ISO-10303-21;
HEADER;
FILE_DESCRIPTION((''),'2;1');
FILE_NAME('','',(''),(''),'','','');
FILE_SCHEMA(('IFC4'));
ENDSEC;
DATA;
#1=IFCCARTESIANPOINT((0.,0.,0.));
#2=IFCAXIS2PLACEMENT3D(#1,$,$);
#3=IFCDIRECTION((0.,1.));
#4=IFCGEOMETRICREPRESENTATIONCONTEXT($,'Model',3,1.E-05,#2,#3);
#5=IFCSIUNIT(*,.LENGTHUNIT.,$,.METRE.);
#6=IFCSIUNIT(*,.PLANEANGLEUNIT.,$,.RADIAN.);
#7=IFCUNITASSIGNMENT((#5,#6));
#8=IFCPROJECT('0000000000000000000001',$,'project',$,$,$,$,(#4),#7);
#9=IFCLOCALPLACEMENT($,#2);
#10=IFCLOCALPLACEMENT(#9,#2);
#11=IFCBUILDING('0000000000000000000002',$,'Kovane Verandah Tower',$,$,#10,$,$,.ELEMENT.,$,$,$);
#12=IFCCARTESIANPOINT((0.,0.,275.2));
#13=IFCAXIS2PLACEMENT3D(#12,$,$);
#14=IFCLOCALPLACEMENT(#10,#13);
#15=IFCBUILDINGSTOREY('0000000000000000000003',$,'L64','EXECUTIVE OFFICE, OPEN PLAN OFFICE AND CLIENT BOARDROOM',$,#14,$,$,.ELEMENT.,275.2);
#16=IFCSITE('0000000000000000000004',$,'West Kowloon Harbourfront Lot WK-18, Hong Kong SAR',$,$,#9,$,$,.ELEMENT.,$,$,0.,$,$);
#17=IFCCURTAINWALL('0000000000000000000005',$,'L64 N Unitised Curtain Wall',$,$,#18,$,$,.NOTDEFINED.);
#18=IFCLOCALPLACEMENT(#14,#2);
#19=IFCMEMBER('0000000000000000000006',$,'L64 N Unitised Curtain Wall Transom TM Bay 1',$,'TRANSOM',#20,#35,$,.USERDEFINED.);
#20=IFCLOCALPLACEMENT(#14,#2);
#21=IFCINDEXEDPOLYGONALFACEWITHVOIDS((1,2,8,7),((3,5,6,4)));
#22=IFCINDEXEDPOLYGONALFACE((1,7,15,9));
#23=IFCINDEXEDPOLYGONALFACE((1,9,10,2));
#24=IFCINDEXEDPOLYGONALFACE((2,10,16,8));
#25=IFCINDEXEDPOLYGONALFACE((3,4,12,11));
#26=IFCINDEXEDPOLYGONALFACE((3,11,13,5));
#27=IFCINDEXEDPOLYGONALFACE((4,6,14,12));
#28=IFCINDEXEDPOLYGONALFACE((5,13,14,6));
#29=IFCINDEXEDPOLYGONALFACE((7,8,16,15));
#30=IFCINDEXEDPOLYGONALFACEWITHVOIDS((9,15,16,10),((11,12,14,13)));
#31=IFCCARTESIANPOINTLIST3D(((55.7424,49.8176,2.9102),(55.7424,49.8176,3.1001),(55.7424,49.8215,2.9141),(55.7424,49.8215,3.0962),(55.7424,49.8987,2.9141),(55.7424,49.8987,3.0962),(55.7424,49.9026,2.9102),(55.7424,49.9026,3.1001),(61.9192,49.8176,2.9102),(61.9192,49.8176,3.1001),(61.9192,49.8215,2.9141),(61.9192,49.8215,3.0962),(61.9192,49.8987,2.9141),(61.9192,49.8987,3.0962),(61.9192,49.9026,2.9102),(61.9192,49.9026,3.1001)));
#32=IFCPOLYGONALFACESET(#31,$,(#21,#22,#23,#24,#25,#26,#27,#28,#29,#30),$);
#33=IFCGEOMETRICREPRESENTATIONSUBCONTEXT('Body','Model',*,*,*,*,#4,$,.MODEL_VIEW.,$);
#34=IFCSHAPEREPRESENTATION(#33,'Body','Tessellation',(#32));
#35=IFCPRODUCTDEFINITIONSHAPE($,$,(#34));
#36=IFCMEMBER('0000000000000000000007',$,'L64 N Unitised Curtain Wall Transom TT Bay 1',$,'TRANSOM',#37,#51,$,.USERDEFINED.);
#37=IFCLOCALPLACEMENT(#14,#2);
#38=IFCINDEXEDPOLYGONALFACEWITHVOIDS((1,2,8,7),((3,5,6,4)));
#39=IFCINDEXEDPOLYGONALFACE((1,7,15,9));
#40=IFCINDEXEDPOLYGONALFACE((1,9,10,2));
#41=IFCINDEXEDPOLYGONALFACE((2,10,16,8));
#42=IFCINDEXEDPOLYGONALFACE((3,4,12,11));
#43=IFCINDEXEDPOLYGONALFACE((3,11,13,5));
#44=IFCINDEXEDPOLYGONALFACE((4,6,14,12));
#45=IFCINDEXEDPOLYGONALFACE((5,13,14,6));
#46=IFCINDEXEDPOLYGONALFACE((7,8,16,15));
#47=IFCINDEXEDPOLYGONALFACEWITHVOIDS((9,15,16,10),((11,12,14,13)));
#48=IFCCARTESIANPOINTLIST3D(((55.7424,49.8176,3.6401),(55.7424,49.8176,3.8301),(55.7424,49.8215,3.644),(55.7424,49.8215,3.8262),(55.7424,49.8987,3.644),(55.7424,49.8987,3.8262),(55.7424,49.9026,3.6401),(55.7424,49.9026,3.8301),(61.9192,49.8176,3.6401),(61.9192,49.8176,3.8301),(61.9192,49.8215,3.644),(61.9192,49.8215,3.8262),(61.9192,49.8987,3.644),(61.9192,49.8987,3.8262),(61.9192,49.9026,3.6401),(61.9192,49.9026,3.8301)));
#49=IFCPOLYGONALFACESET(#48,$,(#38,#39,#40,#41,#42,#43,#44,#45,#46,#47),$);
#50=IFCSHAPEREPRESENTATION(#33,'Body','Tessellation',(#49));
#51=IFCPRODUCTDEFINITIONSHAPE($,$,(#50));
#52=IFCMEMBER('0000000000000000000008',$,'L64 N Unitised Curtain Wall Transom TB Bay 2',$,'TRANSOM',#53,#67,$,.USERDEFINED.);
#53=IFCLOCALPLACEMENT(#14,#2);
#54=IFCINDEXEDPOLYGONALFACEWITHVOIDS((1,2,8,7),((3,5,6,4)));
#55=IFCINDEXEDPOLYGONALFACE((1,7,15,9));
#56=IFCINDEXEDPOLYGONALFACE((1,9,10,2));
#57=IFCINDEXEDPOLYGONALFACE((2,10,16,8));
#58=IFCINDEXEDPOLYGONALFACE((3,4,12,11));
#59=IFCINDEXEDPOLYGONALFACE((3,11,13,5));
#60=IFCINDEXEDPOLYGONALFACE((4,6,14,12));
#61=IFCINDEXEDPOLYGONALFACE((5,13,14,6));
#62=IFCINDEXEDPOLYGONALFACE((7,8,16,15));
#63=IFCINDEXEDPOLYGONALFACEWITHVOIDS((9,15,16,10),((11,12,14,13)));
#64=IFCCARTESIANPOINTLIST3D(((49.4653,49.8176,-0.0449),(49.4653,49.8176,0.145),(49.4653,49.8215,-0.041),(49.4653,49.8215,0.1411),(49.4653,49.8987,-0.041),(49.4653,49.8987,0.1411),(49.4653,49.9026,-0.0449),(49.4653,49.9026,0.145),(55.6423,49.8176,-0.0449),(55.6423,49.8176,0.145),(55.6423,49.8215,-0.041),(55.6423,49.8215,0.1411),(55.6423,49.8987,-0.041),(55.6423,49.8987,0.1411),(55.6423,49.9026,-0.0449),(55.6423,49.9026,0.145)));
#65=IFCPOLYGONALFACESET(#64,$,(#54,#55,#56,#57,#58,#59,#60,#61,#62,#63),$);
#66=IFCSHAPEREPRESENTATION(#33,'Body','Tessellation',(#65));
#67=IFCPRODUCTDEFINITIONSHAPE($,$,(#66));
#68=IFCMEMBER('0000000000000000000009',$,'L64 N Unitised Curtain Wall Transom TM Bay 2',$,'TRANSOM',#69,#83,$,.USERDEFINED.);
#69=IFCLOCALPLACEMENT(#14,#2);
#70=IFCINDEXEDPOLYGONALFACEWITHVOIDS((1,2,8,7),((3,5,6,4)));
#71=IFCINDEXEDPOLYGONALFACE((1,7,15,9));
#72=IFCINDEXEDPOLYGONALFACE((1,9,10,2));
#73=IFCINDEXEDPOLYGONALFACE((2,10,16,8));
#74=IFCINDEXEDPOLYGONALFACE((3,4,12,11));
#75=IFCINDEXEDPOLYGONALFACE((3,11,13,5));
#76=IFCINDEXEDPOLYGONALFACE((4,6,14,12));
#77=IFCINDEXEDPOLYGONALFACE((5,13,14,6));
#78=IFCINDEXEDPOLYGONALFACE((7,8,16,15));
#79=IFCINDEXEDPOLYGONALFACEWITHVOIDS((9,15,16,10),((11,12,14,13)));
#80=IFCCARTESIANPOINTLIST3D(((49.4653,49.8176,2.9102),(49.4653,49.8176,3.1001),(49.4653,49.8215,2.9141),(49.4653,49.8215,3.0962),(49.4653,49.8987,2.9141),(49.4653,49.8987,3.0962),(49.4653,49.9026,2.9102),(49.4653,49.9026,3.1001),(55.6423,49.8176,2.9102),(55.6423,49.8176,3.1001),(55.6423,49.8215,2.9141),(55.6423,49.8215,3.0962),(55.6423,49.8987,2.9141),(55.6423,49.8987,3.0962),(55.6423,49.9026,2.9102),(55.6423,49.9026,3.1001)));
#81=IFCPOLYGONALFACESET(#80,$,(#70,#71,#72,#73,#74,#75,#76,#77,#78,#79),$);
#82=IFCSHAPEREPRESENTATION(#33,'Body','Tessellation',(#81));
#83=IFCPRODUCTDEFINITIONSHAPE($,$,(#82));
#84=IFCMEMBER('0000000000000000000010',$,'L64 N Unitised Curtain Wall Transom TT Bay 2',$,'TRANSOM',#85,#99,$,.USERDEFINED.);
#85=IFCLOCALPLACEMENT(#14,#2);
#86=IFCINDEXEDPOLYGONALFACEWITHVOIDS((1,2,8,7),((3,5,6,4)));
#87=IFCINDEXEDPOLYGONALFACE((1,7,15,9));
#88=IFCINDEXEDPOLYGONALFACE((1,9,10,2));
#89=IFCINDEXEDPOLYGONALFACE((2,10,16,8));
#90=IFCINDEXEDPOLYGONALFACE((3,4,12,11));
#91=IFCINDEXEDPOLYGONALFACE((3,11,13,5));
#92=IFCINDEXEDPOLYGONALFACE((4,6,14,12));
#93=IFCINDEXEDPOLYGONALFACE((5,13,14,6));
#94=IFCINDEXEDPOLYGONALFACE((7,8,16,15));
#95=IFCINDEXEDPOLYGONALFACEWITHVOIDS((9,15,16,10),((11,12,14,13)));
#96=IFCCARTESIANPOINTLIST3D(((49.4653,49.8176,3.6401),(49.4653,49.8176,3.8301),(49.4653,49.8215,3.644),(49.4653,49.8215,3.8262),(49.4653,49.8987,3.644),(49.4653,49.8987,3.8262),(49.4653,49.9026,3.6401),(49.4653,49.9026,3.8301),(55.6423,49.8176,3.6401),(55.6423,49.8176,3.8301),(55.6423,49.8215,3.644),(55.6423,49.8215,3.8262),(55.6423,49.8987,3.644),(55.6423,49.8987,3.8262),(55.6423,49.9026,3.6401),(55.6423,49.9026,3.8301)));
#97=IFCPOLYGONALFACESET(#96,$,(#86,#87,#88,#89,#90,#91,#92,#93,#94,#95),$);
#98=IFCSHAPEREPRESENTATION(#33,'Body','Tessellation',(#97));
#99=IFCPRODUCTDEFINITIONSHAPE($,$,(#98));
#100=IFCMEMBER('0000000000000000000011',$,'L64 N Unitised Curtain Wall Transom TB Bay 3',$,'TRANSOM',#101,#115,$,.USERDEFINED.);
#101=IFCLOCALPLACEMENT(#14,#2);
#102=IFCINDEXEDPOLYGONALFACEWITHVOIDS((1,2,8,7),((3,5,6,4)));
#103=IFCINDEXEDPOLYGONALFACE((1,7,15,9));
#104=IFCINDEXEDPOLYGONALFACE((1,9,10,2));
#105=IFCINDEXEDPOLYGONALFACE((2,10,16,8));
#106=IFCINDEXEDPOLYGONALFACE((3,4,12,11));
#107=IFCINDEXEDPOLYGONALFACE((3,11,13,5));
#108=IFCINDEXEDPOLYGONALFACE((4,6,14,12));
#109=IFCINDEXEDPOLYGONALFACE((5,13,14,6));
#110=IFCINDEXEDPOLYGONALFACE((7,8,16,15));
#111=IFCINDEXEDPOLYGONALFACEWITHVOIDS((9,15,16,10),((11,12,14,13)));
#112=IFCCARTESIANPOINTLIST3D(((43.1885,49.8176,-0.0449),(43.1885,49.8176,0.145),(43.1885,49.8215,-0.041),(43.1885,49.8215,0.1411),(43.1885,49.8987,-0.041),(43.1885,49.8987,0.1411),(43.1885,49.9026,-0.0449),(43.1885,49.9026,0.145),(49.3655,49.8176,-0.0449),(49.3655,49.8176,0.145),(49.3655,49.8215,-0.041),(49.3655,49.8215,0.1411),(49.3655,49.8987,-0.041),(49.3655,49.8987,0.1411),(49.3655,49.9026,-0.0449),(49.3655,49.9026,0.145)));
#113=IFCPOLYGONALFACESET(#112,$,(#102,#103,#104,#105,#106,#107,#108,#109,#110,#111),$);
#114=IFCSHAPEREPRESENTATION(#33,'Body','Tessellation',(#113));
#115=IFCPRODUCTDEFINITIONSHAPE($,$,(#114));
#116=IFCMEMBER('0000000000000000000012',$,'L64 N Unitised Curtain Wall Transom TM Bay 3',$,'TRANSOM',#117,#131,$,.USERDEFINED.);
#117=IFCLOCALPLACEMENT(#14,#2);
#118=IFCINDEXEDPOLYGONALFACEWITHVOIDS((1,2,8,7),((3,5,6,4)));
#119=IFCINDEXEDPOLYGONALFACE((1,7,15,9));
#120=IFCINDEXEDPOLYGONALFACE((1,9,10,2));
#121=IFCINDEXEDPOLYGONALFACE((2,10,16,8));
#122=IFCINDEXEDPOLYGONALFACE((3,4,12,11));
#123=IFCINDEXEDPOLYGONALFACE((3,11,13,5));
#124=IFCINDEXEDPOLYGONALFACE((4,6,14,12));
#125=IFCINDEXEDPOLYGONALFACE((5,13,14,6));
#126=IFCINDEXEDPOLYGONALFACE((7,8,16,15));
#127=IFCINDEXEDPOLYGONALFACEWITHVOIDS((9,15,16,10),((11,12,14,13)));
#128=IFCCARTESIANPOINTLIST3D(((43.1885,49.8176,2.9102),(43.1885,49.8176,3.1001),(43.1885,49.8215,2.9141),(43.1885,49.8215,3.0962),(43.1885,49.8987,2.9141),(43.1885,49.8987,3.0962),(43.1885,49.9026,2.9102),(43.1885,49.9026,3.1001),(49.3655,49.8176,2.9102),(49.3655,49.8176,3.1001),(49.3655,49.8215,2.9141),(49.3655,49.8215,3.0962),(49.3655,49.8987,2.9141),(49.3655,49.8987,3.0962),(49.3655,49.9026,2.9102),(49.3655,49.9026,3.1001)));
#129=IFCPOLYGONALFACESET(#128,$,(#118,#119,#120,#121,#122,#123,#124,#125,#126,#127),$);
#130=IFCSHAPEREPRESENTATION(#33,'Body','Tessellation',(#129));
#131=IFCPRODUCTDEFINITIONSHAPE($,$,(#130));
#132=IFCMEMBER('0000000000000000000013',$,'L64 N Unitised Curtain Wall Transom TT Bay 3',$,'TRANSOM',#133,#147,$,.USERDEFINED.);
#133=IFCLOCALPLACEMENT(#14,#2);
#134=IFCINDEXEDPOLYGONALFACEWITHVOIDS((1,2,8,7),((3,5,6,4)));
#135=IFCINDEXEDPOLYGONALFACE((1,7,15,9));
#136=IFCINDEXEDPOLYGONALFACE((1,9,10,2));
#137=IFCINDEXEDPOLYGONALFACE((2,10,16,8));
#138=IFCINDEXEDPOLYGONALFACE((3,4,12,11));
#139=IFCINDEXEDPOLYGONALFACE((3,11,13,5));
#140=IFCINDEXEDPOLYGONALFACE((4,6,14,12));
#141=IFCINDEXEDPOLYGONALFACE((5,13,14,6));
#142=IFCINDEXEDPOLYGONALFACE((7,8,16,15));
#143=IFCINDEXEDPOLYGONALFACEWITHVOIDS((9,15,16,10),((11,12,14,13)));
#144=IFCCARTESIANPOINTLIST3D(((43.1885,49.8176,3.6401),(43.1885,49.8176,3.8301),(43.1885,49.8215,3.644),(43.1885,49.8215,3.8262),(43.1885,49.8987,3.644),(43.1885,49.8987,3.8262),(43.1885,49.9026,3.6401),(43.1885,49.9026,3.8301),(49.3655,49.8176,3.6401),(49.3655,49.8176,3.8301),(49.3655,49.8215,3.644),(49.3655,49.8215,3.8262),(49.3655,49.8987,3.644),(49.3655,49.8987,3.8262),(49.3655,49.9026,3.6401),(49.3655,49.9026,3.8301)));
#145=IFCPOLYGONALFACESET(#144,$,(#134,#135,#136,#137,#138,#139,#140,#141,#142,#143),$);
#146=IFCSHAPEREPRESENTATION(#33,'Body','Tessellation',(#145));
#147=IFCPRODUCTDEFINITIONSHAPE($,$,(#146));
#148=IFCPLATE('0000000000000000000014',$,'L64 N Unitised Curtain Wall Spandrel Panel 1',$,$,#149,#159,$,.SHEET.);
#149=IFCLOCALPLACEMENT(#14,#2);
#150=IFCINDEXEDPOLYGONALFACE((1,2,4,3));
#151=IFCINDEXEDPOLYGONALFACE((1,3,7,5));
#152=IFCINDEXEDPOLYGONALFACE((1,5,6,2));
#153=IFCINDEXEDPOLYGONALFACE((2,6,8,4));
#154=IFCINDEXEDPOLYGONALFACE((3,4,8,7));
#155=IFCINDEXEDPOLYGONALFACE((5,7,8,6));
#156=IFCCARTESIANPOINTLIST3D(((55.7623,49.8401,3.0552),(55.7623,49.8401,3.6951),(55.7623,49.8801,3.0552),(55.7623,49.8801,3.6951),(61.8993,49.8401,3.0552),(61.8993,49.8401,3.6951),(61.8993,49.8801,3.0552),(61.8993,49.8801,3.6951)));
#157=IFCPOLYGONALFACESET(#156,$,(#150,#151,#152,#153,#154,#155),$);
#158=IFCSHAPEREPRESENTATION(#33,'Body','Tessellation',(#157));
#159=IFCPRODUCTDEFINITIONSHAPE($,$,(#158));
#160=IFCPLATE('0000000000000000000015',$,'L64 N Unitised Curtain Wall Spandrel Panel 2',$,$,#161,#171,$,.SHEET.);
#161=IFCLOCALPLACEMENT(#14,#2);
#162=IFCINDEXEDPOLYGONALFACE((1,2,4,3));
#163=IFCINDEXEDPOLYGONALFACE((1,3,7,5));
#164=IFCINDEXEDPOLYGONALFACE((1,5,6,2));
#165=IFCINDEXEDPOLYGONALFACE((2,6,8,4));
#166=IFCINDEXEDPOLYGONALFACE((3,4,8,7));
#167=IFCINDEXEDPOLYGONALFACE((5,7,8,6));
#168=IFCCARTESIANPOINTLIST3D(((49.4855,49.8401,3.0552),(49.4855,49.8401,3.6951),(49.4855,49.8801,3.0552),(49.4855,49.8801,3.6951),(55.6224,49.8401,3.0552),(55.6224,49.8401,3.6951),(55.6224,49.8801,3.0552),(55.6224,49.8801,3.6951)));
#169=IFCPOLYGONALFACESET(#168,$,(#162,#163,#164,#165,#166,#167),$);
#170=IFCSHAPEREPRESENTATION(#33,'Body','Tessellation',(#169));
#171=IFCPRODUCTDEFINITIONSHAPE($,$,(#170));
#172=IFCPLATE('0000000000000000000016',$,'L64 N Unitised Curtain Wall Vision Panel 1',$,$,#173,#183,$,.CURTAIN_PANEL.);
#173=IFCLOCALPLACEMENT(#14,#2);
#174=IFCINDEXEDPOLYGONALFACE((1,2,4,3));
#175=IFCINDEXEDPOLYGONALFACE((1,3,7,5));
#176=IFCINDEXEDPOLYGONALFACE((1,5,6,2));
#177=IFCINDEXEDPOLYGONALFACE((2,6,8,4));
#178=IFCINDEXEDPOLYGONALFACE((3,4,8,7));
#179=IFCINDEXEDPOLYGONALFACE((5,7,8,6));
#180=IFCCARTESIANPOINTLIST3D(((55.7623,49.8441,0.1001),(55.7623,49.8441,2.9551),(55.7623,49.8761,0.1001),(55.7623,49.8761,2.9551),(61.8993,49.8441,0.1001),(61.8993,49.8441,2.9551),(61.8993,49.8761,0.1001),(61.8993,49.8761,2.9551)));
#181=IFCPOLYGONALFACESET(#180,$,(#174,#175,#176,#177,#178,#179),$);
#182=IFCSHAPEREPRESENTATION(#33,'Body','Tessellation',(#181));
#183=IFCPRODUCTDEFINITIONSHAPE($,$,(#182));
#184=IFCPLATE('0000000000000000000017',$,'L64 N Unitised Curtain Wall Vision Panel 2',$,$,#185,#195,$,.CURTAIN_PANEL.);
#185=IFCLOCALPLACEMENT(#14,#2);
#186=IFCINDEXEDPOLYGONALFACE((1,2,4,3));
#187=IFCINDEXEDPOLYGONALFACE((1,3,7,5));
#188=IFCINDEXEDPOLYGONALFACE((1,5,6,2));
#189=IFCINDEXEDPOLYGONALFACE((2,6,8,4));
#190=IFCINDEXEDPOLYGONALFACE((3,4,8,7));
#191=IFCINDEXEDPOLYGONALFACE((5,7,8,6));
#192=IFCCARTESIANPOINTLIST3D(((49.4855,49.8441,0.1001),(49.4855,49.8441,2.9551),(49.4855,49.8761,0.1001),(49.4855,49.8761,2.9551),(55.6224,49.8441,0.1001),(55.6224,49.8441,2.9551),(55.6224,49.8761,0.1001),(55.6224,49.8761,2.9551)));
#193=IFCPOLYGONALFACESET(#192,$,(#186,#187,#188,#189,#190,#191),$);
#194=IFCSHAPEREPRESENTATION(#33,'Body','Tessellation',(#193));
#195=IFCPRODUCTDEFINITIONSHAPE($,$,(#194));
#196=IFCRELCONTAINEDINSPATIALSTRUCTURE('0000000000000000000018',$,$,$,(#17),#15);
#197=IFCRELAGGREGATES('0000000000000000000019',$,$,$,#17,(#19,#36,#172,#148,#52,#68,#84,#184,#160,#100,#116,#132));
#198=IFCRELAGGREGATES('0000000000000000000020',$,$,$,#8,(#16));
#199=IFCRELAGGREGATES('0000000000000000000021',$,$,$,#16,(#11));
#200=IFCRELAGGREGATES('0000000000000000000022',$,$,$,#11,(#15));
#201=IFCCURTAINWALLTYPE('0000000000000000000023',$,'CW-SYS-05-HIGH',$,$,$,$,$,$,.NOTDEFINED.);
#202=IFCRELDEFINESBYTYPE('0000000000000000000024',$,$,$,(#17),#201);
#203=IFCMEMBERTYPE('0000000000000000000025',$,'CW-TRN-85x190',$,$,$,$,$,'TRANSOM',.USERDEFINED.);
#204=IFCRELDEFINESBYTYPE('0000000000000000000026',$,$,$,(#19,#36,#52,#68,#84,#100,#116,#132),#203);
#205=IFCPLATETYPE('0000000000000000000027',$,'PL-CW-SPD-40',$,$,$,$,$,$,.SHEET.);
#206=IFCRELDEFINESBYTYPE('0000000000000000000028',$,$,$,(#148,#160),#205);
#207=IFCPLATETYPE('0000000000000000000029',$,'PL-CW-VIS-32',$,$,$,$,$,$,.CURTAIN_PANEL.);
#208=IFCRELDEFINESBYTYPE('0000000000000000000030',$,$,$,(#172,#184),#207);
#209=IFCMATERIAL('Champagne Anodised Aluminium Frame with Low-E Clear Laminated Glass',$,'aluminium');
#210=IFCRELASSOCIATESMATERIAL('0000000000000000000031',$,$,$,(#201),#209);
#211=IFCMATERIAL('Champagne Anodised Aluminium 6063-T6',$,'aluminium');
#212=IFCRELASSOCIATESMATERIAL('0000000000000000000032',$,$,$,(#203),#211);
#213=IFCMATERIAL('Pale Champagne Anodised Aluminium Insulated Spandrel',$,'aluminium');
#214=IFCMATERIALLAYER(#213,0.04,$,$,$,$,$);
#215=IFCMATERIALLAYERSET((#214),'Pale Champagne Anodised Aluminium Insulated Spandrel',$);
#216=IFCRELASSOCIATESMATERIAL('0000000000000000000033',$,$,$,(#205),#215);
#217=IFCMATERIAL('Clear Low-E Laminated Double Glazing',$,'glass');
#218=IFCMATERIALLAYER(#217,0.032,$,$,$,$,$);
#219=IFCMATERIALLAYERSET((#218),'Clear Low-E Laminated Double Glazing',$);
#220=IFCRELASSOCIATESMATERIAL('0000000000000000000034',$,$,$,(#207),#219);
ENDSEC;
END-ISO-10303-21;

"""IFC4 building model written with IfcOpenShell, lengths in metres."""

from ifc_helpers import new_model, si_unit, direction, frame, origin, origin_2d, place, context, subcontext, project, spatial, rectangle, hollow_rectangle, extrude, material, layer, layer_set, material_profile, profile_set, type_object, element, aggregate, save


model = new_model("IFC4")

# Units and contexts
model_context = context("Model", 3, precision=1e-05, world=origin(), true_north=direction((0.0, 1.0)))
body_context = subcontext(model_context, "Body", "Model", "MODEL_VIEW")
ifc_project = project(units=[si_unit("LENGTHUNIT", "METRE"), si_unit("PLANEANGLEUNIT", "RADIAN")], contexts=[model_context])

# Site, building, storey
site_placement = place(None, origin())
site = spatial("IfcSite", under=ifc_project, at=site_placement, Name="West Kowloon Harbourfront Lot WK-18, Hong Kong SAR", CompositionType="ELEMENT", RefElevation=0.0)
building_placement = place(site_placement, origin())
building = spatial("IfcBuilding", under=site, at=building_placement, Name="Kovane Verandah Tower", CompositionType="ELEMENT")
storey_placement = place(building_placement, frame((0.0, 0.0, 275.2)))
storey = spatial("IfcBuildingStorey", under=building, at=storey_placement, Name="L64", Description="EXECUTIVE OFFICE, OPEN PLAN OFFICE AND CLIENT BOARDROOM", CompositionType="ELEMENT", Elevation=275.2)

# Curtain wall, members, plates
ifc_material_1 = material(Name="Champagne Anodised Aluminium Frame with Low-E Clear Laminated Glass", Category="aluminium")
curtain_wall_type = type_object("IfcCurtainWallType", Name="CW-SYS-05-HIGH", PredefinedType="NOTDEFINED", material=ifc_material_1)
curtain_wall_placement = place(storey_placement, origin())
curtain_wall = element("IfcCurtainWall", 1, at=curtain_wall_placement, inside=storey, type_object=curtain_wall_type, Name="L64 N Unitised Curtain Wall", PredefinedType="NOTDEFINED")
ifc_material_2 = material(Name="Champagne Anodised Aluminium 6063-T6", Category="aluminium")
ifc_material_profile_1 = material_profile(ifc_material_2, hollow_rectangle(XDim=0.085, YDim=0.1899, WallThickness=0.0039, at=origin_2d()), Name="AL85x190x4")
ifc_profile_set_1 = profile_set([ifc_material_profile_1], Name="Champagne Anodised Aluminium 6063-T6")
member_type_1 = type_object("IfcMemberType", Name="CW-TRN-85x190", ElementType="TRANSOM", PredefinedType="USERDEFINED", material=ifc_profile_set_1)
member_1_placement = place(storey_placement, frame((61.9192, 49.8601, 3.0051), z_axis=(-1.0, 0.0, 0.0), x_axis=(0.0, -1.0, 0.0)))
member_1 = element("IfcMember", 2, at=member_1_placement, type_object=member_type_1, Name="L64 N Unitised Curtain Wall Transom TM Bay 1", ObjectType="TRANSOM", PredefinedType="USERDEFINED", context=body_context, shape_type="SweptSolid", body=[
    extrude(hollow_rectangle(XDim=0.085, YDim=0.1899, WallThickness=0.0039, at=origin_2d()), origin(), (0.0, 0.0, 1.0), 6.1768),
])
member_2_placement = place(storey_placement, frame((61.9192, 49.8601, 3.7351), z_axis=(-1.0, 0.0, 0.0), x_axis=(0.0, -1.0, 0.0)))
member_2 = element("IfcMember", 3, at=member_2_placement, type_object=member_type_1, Name="L64 N Unitised Curtain Wall Transom TT Bay 1", ObjectType="TRANSOM", PredefinedType="USERDEFINED", context=body_context, shape_type="SweptSolid", body=[
    extrude(hollow_rectangle(XDim=0.085, YDim=0.1899, WallThickness=0.0039, at=origin_2d()), origin(), (0.0, 0.0, 1.0), 6.1768),
])
member_3_placement = place(storey_placement, frame((55.6423, 49.8601, 0.05), z_axis=(-1.0, 0.0, 0.0), x_axis=(0.0, -1.0, 0.0)))
member_3 = element("IfcMember", 4, at=member_3_placement, type_object=member_type_1, Name="L64 N Unitised Curtain Wall Transom TB Bay 2", ObjectType="TRANSOM", PredefinedType="USERDEFINED", context=body_context, shape_type="SweptSolid", body=[
    extrude(hollow_rectangle(XDim=0.085, YDim=0.1899, WallThickness=0.0039, at=origin_2d()), origin(), (0.0, 0.0, 1.0), 6.177),
])
member_4_placement = place(storey_placement, frame((55.6423, 49.8601, 3.0051), z_axis=(-1.0, 0.0, 0.0), x_axis=(0.0, -1.0, 0.0)))
member_4 = element("IfcMember", 5, at=member_4_placement, type_object=member_type_1, Name="L64 N Unitised Curtain Wall Transom TM Bay 2", ObjectType="TRANSOM", PredefinedType="USERDEFINED", context=body_context, shape_type="SweptSolid", body=[
    extrude(hollow_rectangle(XDim=0.085, YDim=0.1899, WallThickness=0.0039, at=origin_2d()), origin(), (0.0, 0.0, 1.0), 6.177),
])
member_5_placement = place(storey_placement, frame((55.6423, 49.8601, 3.7351), z_axis=(-1.0, 0.0, 0.0), x_axis=(0.0, -1.0, 0.0)))
member_5 = element("IfcMember", 6, at=member_5_placement, type_object=member_type_1, Name="L64 N Unitised Curtain Wall Transom TT Bay 2", ObjectType="TRANSOM", PredefinedType="USERDEFINED", context=body_context, shape_type="SweptSolid", body=[
    extrude(hollow_rectangle(XDim=0.085, YDim=0.1899, WallThickness=0.0039, at=origin_2d()), origin(), (0.0, 0.0, 1.0), 6.177),
])
member_6_placement = place(storey_placement, frame((49.3655, 49.8601, 0.05), z_axis=(-1.0, 0.0, 0.0), x_axis=(0.0, -1.0, 0.0)))
member_6 = element("IfcMember", 7, at=member_6_placement, type_object=member_type_1, Name="L64 N Unitised Curtain Wall Transom TB Bay 3", ObjectType="TRANSOM", PredefinedType="USERDEFINED", context=body_context, shape_type="SweptSolid", body=[
    extrude(hollow_rectangle(XDim=0.085, YDim=0.1899, WallThickness=0.0039, at=origin_2d()), origin(), (0.0, 0.0, 1.0), 6.177),
])
member_7_placement = place(storey_placement, frame((49.3655, 49.8601, 3.0051), z_axis=(-1.0, 0.0, 0.0), x_axis=(0.0, -1.0, 0.0)))
member_7 = element("IfcMember", 8, at=member_7_placement, type_object=member_type_1, Name="L64 N Unitised Curtain Wall Transom TM Bay 3", ObjectType="TRANSOM", PredefinedType="USERDEFINED", context=body_context, shape_type="SweptSolid", body=[
    extrude(hollow_rectangle(XDim=0.085, YDim=0.1899, WallThickness=0.0039, at=origin_2d()), origin(), (0.0, 0.0, 1.0), 6.177),
])
member_8_placement = place(storey_placement, frame((49.3655, 49.8601, 3.7351), z_axis=(-1.0, 0.0, 0.0), x_axis=(0.0, -1.0, 0.0)))
member_8 = element("IfcMember", 9, at=member_8_placement, type_object=member_type_1, Name="L64 N Unitised Curtain Wall Transom TT Bay 3", ObjectType="TRANSOM", PredefinedType="USERDEFINED", context=body_context, shape_type="SweptSolid", body=[
    extrude(hollow_rectangle(XDim=0.085, YDim=0.1899, WallThickness=0.0039, at=origin_2d()), origin(), (0.0, 0.0, 1.0), 6.177),
])
ifc_material_3 = material(Name="Pale Champagne Anodised Aluminium Insulated Spandrel", Category="aluminium")
ifc_layer_1 = layer(ifc_material_3, 0.04)
ifc_layer_set_1 = layer_set([ifc_layer_1], Name="Pale Champagne Anodised Aluminium Insulated Spandrel")
plate_type_1 = type_object("IfcPlateType", Name="PL-CW-SPD-40", PredefinedType="SHEET", material=ifc_layer_set_1)
plate_1_placement = place(storey_placement, frame((58.8308, 49.8601, 3.0552), z_axis=(0.0, 0.0, 1.0), x_axis=(-1.0, 0.0, 0.0)))
plate_1 = element("IfcPlate", 10, at=plate_1_placement, type_object=plate_type_1, Name="L64 N Unitised Curtain Wall Spandrel Panel 1", PredefinedType="SHEET", context=body_context, shape_type="SweptSolid", body=[
    extrude(rectangle(XDim=6.137, YDim=0.04, at=origin_2d()), origin(), (0.0, 0.0, 1.0), 0.6399),
])
plate_2_placement = place(storey_placement, frame((52.554, 49.8601, 3.0552), z_axis=(0.0, 0.0, 1.0), x_axis=(-1.0, 0.0, 0.0)))
plate_2 = element("IfcPlate", 11, at=plate_2_placement, type_object=plate_type_1, Name="L64 N Unitised Curtain Wall Spandrel Panel 2", PredefinedType="SHEET", context=body_context, shape_type="SweptSolid", body=[
    extrude(rectangle(XDim=6.137, YDim=0.04, at=origin_2d()), origin(), (0.0, 0.0, 1.0), 0.6399),
])
ifc_material_4 = material(Name="Clear Low-E Laminated Double Glazing", Category="glass")
ifc_layer_2 = layer(ifc_material_4, 0.032)
ifc_layer_set_2 = layer_set([ifc_layer_2], Name="Clear Low-E Laminated Double Glazing")
plate_type_2 = type_object("IfcPlateType", Name="PL-CW-VIS-32", PredefinedType="CURTAIN_PANEL", material=ifc_layer_set_2)
plate_3_placement = place(storey_placement, frame((58.8308, 49.8601, 0.1001), z_axis=(0.0, 0.0, 1.0), x_axis=(-1.0, 0.0, 0.0)))
plate_3 = element("IfcPlate", 12, at=plate_3_placement, type_object=plate_type_2, Name="L64 N Unitised Curtain Wall Vision Panel 1", PredefinedType="CURTAIN_PANEL", context=body_context, shape_type="SweptSolid", body=[
    extrude(rectangle(XDim=6.137, YDim=0.032, at=origin_2d()), origin(), (0.0, 0.0, 1.0), 2.855),
])
plate_4_placement = place(storey_placement, frame((52.554, 49.8601, 0.1001), z_axis=(0.0, 0.0, 1.0), x_axis=(-1.0, 0.0, 0.0)))
plate_4 = element("IfcPlate", 13, at=plate_4_placement, type_object=plate_type_2, Name="L64 N Unitised Curtain Wall Vision Panel 2", PredefinedType="CURTAIN_PANEL", context=body_context, shape_type="SweptSolid", body=[
    extrude(rectangle(XDim=6.137, YDim=0.032, at=origin_2d()), origin(), (0.0, 0.0, 1.0), 2.855),
])
aggregate(curtain_wall, [member_1, member_2, plate_3, plate_1, member_3, member_4, member_5, plate_4, plate_2, member_6, member_7, member_8])

save(model, "model.ifc")
